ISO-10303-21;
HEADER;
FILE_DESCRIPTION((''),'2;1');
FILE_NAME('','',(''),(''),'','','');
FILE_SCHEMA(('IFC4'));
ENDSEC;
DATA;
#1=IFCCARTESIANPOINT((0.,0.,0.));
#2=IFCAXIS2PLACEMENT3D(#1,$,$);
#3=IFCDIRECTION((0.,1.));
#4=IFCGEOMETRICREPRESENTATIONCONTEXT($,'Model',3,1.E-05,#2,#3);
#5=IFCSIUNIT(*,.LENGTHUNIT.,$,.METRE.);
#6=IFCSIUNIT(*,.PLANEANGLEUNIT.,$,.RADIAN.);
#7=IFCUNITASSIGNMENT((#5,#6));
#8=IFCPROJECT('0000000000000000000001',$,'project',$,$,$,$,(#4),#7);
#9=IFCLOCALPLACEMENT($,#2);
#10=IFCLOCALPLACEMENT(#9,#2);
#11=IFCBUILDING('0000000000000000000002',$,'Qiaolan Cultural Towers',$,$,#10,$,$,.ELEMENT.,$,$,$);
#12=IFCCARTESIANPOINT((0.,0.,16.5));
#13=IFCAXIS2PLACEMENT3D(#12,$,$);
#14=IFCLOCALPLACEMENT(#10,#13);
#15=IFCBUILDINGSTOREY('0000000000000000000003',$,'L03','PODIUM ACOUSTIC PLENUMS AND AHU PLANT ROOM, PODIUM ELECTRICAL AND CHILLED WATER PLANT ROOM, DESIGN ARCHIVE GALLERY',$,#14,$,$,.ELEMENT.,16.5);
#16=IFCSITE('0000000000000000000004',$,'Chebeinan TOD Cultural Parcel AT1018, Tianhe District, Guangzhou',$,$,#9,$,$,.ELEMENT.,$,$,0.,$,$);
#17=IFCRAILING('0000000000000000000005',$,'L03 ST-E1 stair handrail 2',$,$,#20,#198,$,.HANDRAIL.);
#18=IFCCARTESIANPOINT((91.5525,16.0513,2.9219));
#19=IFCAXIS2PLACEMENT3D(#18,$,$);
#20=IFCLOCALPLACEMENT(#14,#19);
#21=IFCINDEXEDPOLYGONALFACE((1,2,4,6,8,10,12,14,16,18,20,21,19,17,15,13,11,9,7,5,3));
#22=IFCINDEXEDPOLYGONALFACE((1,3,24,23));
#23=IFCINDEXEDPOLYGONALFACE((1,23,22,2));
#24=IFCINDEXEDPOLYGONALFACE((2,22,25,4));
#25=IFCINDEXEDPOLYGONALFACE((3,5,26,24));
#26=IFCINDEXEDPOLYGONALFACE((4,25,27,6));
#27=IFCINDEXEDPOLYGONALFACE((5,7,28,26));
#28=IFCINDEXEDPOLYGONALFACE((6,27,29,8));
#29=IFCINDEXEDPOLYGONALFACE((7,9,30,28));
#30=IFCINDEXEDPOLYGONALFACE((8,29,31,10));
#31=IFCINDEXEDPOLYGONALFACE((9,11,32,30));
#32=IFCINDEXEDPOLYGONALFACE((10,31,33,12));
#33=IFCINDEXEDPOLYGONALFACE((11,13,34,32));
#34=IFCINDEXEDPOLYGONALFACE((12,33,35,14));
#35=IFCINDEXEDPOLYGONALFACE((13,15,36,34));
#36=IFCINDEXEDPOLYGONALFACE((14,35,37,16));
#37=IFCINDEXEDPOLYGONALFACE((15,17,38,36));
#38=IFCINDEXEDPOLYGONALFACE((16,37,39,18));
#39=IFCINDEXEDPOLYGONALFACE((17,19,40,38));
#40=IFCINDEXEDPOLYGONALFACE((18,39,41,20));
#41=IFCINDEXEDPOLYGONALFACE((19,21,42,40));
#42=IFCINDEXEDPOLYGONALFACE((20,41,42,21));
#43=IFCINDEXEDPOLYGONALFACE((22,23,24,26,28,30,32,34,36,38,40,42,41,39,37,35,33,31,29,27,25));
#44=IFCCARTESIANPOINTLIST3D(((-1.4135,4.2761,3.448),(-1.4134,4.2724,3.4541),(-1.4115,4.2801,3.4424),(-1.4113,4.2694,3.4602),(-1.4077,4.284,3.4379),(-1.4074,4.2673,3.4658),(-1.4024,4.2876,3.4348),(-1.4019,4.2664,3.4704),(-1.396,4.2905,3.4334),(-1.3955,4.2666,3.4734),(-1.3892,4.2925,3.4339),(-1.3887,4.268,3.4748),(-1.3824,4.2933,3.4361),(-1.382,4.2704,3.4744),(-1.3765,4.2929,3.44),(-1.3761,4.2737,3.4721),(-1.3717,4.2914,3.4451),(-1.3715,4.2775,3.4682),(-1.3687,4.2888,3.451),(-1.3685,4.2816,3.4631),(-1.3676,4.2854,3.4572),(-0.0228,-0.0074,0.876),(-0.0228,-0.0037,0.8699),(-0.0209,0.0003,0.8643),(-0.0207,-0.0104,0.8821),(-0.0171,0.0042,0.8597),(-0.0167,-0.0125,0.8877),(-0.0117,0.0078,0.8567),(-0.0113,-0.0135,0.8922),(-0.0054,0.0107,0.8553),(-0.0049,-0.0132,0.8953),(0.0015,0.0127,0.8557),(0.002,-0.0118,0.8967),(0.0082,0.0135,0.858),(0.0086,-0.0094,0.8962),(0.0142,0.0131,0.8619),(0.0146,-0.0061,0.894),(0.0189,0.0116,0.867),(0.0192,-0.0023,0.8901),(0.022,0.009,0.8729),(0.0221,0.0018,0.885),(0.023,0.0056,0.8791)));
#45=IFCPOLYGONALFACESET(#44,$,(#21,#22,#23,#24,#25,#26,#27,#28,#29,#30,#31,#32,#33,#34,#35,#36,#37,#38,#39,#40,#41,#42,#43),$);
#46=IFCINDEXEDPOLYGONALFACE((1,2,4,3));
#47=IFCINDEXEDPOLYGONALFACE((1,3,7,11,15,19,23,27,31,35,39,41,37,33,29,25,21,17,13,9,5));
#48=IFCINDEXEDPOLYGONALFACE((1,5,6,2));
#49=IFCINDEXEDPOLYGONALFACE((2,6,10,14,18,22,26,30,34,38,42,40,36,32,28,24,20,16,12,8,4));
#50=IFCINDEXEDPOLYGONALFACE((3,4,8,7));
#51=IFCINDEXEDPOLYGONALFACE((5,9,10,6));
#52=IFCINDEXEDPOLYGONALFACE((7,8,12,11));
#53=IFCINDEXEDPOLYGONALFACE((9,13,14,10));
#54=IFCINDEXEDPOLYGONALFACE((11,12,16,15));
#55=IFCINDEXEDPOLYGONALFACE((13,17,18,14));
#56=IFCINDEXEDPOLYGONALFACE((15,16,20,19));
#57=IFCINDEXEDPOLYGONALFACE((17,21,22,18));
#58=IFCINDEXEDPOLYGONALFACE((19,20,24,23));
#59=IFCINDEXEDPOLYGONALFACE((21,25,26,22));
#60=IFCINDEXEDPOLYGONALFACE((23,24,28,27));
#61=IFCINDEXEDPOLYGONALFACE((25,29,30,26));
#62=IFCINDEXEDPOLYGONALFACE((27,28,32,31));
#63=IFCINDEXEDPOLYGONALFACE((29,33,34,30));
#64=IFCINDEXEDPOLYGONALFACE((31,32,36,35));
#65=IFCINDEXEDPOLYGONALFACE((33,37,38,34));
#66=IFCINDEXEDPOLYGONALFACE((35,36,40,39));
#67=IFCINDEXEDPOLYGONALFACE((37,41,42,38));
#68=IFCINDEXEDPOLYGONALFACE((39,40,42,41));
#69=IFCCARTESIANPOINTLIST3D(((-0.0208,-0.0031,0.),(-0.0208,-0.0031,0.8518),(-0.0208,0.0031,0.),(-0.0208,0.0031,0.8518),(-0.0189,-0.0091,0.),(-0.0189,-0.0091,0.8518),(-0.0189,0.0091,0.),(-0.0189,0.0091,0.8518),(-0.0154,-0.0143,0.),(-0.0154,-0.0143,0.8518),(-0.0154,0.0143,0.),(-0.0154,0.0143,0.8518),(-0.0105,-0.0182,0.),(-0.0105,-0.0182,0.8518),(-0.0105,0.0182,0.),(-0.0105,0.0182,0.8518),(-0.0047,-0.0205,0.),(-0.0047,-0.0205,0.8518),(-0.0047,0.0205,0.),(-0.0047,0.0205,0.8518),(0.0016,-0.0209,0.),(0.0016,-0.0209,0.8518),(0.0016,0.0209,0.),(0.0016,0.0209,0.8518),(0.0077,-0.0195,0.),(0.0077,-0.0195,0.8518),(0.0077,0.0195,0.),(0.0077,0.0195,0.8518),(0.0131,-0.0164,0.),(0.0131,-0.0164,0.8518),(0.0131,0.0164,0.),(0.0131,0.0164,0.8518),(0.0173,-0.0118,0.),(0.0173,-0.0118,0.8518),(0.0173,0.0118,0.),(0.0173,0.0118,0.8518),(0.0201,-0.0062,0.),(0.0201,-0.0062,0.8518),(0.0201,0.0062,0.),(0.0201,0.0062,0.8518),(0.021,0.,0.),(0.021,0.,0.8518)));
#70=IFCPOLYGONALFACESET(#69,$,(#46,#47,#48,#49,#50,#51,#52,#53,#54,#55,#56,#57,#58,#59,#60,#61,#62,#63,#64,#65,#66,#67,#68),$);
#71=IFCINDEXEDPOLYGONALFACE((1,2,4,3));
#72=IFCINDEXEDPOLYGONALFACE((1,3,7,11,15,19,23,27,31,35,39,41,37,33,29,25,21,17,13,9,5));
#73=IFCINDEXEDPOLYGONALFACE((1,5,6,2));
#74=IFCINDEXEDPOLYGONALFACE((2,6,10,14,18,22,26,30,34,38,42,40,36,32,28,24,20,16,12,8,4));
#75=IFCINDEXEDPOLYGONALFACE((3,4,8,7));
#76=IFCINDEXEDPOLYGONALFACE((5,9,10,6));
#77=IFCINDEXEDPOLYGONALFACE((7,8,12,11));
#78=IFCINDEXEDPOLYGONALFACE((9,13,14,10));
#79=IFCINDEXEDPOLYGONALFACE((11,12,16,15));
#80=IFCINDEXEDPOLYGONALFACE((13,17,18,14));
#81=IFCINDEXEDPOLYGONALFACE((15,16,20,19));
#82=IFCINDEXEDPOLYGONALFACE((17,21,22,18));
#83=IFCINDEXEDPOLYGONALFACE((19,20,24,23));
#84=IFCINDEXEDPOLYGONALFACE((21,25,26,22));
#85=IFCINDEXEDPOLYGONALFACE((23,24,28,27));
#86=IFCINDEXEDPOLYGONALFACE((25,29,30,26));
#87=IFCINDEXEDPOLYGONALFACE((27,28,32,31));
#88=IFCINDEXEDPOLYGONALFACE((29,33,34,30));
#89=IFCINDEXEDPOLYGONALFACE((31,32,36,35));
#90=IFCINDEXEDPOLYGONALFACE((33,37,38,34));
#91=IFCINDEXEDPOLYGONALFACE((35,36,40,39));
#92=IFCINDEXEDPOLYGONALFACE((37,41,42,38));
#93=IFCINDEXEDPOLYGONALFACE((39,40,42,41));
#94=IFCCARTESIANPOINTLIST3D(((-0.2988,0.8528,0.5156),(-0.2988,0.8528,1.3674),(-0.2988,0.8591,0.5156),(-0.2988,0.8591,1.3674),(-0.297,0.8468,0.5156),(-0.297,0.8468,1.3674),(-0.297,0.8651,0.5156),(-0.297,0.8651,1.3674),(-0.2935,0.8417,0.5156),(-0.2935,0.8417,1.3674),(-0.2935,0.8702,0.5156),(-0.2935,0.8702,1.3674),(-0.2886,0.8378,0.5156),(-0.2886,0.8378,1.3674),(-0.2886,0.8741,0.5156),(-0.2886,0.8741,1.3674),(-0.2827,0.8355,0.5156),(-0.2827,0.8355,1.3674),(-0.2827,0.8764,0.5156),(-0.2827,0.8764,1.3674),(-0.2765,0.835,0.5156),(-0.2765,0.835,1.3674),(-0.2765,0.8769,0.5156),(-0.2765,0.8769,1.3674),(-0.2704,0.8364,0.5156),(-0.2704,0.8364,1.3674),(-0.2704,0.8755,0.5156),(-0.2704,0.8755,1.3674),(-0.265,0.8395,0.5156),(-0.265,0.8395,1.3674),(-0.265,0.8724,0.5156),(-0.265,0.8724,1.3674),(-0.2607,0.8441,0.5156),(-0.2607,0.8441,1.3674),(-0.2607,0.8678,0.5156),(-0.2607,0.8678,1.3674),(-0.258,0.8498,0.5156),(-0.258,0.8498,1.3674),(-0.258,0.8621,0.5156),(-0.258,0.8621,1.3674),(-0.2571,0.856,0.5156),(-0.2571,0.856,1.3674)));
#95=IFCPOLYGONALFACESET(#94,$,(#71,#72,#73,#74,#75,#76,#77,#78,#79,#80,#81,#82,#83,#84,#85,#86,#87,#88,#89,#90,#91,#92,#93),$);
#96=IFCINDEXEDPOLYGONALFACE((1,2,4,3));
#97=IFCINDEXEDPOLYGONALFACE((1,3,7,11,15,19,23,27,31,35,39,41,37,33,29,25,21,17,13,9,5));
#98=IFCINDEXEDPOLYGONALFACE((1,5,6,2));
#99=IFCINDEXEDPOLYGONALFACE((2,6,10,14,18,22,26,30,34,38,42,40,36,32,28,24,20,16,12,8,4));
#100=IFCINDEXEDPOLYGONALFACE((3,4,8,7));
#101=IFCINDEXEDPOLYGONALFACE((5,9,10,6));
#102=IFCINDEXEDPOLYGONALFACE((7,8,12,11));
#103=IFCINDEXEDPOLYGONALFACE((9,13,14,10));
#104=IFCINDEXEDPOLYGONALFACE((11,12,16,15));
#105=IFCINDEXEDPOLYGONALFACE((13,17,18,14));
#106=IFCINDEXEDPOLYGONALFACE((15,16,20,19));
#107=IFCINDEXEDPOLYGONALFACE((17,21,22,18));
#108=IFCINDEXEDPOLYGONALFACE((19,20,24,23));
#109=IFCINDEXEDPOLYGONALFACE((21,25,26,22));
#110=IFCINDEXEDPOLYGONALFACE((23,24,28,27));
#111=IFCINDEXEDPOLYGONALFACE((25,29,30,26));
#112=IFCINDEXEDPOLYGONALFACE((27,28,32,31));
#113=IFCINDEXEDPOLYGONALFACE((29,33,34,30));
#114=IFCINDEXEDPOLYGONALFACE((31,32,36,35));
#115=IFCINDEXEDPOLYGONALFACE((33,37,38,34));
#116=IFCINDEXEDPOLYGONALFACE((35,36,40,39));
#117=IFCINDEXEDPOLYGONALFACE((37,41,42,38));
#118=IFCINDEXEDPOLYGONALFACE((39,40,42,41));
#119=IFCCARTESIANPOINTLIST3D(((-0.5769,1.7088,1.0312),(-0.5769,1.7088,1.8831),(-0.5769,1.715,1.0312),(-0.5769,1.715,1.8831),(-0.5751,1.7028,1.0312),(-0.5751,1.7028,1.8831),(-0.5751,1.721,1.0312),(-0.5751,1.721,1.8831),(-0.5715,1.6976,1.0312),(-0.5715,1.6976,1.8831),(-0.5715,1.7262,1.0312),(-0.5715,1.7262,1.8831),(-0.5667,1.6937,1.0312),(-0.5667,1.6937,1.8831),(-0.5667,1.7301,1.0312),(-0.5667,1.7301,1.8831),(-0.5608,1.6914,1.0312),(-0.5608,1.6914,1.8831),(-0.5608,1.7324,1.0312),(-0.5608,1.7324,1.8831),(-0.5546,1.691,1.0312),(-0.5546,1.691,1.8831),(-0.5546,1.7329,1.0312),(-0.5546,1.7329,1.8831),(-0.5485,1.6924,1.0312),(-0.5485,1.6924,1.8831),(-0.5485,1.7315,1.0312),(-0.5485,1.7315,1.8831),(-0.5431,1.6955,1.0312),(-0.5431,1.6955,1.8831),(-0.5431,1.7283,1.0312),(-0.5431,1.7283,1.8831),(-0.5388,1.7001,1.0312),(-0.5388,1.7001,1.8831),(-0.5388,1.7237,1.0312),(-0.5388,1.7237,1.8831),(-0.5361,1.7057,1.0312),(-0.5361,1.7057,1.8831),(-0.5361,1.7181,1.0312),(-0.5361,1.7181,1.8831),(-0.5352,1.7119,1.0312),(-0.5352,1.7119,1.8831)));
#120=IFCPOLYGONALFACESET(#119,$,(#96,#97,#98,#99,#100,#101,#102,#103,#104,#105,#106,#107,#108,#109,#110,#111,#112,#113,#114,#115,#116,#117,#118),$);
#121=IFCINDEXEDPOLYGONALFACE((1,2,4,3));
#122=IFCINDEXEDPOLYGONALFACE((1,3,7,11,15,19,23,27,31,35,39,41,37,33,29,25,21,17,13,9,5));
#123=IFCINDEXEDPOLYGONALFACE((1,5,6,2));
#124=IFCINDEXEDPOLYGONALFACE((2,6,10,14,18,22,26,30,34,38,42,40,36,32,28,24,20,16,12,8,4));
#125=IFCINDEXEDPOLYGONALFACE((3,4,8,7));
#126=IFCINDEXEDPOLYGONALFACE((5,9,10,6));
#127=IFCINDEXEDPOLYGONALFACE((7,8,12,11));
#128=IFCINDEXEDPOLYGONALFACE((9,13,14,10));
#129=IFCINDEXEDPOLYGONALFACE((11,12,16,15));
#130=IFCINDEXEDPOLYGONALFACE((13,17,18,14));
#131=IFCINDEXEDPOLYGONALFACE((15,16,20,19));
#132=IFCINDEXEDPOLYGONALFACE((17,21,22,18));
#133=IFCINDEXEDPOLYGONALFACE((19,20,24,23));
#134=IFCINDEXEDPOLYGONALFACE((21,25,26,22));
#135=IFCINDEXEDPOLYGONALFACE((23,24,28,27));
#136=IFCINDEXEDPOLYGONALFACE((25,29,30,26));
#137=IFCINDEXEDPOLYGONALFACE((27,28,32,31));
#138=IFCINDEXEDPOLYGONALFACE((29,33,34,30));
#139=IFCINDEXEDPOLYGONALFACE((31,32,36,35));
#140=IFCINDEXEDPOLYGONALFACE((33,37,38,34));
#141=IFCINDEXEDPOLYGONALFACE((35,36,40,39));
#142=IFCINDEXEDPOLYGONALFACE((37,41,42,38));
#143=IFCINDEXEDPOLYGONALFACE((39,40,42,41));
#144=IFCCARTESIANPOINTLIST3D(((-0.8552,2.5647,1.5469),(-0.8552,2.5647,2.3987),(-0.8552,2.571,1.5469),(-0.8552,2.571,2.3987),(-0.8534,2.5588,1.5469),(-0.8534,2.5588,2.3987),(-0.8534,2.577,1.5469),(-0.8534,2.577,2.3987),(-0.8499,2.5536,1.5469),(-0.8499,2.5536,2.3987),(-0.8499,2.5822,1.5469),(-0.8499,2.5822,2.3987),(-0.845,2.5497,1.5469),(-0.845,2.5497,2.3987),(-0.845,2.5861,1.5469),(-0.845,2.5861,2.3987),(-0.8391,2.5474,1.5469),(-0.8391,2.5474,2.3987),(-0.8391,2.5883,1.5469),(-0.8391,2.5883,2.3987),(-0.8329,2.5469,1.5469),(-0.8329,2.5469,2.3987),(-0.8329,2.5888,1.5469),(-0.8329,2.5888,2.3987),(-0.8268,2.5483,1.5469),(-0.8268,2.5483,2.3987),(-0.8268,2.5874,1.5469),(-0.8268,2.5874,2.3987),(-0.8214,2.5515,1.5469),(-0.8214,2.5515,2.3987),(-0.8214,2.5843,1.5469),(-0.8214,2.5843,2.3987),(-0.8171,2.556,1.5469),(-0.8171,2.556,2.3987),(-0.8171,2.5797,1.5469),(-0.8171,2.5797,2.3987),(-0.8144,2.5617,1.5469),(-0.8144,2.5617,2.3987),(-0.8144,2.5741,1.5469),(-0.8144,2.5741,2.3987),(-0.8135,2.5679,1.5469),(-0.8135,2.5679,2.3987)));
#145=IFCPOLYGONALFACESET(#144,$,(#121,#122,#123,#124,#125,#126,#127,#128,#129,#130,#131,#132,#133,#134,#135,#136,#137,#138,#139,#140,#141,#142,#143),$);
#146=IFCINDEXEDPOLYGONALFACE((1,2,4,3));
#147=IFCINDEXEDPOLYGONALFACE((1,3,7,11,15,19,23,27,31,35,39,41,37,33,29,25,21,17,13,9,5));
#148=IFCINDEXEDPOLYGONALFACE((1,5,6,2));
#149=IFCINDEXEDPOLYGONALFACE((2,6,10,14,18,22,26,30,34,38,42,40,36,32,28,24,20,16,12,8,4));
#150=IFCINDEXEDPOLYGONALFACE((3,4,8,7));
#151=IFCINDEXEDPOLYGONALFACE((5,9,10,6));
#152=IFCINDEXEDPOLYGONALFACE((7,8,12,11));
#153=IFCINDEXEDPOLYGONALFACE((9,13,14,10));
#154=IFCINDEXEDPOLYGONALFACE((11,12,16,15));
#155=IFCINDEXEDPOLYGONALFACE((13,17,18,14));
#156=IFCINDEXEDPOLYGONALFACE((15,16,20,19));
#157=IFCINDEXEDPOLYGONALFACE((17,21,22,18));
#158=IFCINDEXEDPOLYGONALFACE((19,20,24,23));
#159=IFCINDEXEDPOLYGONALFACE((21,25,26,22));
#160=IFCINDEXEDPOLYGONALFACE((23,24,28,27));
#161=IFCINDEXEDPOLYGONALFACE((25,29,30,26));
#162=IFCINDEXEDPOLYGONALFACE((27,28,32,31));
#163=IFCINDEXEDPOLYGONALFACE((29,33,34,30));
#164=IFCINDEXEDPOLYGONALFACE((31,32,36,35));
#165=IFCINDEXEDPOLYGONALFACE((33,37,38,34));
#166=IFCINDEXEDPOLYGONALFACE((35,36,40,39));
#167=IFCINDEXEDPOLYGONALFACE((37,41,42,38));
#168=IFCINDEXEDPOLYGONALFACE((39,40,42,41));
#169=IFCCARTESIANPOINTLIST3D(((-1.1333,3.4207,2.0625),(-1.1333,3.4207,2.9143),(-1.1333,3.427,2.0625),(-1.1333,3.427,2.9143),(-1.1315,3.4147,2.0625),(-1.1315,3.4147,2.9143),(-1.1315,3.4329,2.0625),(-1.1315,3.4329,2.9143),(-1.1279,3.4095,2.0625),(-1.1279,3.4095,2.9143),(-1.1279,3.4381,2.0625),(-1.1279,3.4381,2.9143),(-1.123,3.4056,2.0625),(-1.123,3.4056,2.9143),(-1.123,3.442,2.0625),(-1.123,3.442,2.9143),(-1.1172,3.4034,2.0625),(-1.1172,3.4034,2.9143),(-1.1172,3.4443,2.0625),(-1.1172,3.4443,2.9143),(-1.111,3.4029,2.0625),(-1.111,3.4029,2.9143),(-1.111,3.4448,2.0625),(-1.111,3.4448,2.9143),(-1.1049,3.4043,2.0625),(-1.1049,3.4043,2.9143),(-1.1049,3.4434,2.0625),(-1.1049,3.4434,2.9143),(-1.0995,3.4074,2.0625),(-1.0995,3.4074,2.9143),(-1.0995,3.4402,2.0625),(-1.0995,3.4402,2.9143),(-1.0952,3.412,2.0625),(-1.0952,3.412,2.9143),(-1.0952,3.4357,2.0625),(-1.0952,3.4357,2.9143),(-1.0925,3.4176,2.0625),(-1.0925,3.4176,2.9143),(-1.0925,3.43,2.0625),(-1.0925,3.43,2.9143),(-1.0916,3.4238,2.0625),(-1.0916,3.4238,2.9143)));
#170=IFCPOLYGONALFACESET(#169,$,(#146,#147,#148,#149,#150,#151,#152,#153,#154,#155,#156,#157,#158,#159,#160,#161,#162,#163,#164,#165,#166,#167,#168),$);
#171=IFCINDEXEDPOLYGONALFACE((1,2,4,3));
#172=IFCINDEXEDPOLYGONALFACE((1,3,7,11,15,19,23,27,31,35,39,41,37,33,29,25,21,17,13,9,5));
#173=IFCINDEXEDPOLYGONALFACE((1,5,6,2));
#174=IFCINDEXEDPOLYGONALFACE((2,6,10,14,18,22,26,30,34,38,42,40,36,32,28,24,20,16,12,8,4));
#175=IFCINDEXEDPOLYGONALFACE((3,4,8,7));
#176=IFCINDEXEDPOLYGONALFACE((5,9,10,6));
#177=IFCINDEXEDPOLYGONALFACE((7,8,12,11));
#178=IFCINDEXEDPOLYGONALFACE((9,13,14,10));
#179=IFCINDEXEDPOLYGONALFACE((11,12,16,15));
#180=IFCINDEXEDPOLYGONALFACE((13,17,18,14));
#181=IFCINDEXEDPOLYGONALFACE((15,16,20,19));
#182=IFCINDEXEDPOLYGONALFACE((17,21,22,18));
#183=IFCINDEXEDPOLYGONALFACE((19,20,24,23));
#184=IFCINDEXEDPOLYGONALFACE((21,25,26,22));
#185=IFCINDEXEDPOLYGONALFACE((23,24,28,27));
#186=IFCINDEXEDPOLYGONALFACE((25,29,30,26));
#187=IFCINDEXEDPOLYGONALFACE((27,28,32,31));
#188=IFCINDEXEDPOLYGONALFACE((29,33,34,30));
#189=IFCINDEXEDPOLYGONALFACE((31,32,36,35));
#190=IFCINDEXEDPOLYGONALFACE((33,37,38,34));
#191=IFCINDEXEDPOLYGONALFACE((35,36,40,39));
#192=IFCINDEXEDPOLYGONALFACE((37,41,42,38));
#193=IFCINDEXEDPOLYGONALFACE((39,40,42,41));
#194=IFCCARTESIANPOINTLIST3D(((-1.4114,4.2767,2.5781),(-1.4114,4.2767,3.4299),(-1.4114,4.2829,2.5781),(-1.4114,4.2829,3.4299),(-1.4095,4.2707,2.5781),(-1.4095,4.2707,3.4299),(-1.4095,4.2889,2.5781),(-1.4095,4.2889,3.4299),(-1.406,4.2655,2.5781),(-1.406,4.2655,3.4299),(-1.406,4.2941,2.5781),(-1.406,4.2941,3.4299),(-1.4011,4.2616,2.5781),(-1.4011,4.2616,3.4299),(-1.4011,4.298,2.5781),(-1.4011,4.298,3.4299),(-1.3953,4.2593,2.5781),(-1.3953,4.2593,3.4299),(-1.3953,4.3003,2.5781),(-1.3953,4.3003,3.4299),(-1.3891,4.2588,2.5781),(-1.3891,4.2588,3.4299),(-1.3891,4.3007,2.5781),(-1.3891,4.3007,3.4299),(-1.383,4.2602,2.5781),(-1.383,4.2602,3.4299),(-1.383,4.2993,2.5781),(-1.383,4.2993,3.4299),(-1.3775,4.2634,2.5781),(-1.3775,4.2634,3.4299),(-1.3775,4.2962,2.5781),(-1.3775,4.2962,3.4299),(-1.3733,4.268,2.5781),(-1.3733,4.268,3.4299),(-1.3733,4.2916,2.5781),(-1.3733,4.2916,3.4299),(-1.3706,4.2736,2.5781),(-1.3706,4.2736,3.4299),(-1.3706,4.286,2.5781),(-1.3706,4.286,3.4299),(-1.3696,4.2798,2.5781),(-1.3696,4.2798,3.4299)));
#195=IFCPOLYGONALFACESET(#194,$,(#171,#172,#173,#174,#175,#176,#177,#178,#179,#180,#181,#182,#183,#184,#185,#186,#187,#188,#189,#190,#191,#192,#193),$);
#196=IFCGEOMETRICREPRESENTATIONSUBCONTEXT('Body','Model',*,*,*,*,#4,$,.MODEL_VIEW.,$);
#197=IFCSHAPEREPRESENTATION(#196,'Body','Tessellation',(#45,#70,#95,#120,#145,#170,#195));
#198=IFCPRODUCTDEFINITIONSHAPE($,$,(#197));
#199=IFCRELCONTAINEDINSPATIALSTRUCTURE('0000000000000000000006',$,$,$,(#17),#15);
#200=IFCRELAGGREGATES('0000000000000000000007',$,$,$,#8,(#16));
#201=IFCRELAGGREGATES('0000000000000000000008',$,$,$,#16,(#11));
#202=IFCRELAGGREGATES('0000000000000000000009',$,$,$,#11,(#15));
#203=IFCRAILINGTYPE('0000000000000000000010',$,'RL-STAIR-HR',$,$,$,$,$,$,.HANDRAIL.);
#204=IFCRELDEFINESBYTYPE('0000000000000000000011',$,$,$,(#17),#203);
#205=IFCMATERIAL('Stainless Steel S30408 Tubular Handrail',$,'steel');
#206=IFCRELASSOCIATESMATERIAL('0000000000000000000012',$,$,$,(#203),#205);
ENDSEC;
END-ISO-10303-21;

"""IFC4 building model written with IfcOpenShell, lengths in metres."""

from ifc_helpers import new_model, si_unit, direction, frame, origin, origin_2d, place, context, subcontext, project, spatial, circle, extrude, material, type_object, element, save


model = new_model("IFC4")

# Units and contexts
model_context = context("Model", 3, precision=1e-05, world=origin(), true_north=direction((0.0, 1.0)))
body_context = subcontext(model_context, "Body", "Model", "MODEL_VIEW")
ifc_project = project(units=[si_unit("LENGTHUNIT", "METRE"), si_unit("PLANEANGLEUNIT", "RADIAN")], contexts=[model_context])

# Site, building, storey
site_placement = place(None, origin())
site = spatial("IfcSite", under=ifc_project, at=site_placement, Name="Chebeinan TOD Cultural Parcel AT1018, Tianhe District, Guangzhou", CompositionType="ELEMENT", RefElevation=0.0)
building_placement = place(site_placement, origin())
building = spatial("IfcBuilding", under=site, at=building_placement, Name="Qiaolan Cultural Towers", CompositionType="ELEMENT")
storey_placement = place(building_placement, frame((0.0, 0.0, 16.5)))
storey = spatial("IfcBuildingStorey", under=building, at=storey_placement, Name="L03", Description="PODIUM ACOUSTIC PLENUMS AND AHU PLANT ROOM, PODIUM ELECTRICAL AND CHILLED WATER PLANT ROOM, DESIGN ARCHIVE GALLERY", CompositionType="ELEMENT", Elevation=16.5)

# Railing
ifc_material_1 = material(Name="Stainless Steel S30408 Tubular Handrail", Category="steel")
railing_type_1 = type_object("IfcRailingType", Name="RL-STAIR-HR", PredefinedType="HANDRAIL", material=ifc_material_1)
railing_1_placement = place(storey_placement, frame((91.5525, 16.0513, 2.9219)))
element("IfcRailing", 1, at=railing_1_placement, inside=storey, type_object=railing_type_1, Name="L03 ST-E1 stair handrail 2", PredefinedType="HANDRAIL", context=body_context, shape_type="SweptSolid", body=[
    extrude(circle(Radius=0.0239, at=origin_2d()), frame((0.0, 0.0, 0.876), z_axis=(-0.268137, 0.825219, 0.497108), x_axis=(-0.951054, -0.309025, 0.0)), (0.0, 0.0, 1.0), 5.1863),
    extrude(circle(Radius=0.021, at=origin_2d()), origin(), (0.0, 0.0, 1.0), 0.8518),
    extrude(circle(Radius=0.021, at=origin_2d()), frame((-0.2781, 0.856, 0.5156)), (0.0, 0.0, 1.0), 0.8518),
    extrude(circle(Radius=0.021, at=origin_2d()), frame((-0.5562, 1.7119, 1.0312)), (0.0, 0.0, 1.0), 0.8518),
    extrude(circle(Radius=0.021, at=origin_2d()), frame((-0.8345, 2.5679, 1.5469)), (0.0, 0.0, 1.0), 0.8518),
    extrude(circle(Radius=0.021, at=origin_2d()), frame((-1.1125, 3.4238, 2.0625)), (0.0, 0.0, 1.0), 0.8518),
    extrude(circle(Radius=0.021, at=origin_2d()), frame((-1.3906, 4.2798, 2.5781)), (0.0, 0.0, 1.0), 0.8518),
])

save(model, "model.ifc")
